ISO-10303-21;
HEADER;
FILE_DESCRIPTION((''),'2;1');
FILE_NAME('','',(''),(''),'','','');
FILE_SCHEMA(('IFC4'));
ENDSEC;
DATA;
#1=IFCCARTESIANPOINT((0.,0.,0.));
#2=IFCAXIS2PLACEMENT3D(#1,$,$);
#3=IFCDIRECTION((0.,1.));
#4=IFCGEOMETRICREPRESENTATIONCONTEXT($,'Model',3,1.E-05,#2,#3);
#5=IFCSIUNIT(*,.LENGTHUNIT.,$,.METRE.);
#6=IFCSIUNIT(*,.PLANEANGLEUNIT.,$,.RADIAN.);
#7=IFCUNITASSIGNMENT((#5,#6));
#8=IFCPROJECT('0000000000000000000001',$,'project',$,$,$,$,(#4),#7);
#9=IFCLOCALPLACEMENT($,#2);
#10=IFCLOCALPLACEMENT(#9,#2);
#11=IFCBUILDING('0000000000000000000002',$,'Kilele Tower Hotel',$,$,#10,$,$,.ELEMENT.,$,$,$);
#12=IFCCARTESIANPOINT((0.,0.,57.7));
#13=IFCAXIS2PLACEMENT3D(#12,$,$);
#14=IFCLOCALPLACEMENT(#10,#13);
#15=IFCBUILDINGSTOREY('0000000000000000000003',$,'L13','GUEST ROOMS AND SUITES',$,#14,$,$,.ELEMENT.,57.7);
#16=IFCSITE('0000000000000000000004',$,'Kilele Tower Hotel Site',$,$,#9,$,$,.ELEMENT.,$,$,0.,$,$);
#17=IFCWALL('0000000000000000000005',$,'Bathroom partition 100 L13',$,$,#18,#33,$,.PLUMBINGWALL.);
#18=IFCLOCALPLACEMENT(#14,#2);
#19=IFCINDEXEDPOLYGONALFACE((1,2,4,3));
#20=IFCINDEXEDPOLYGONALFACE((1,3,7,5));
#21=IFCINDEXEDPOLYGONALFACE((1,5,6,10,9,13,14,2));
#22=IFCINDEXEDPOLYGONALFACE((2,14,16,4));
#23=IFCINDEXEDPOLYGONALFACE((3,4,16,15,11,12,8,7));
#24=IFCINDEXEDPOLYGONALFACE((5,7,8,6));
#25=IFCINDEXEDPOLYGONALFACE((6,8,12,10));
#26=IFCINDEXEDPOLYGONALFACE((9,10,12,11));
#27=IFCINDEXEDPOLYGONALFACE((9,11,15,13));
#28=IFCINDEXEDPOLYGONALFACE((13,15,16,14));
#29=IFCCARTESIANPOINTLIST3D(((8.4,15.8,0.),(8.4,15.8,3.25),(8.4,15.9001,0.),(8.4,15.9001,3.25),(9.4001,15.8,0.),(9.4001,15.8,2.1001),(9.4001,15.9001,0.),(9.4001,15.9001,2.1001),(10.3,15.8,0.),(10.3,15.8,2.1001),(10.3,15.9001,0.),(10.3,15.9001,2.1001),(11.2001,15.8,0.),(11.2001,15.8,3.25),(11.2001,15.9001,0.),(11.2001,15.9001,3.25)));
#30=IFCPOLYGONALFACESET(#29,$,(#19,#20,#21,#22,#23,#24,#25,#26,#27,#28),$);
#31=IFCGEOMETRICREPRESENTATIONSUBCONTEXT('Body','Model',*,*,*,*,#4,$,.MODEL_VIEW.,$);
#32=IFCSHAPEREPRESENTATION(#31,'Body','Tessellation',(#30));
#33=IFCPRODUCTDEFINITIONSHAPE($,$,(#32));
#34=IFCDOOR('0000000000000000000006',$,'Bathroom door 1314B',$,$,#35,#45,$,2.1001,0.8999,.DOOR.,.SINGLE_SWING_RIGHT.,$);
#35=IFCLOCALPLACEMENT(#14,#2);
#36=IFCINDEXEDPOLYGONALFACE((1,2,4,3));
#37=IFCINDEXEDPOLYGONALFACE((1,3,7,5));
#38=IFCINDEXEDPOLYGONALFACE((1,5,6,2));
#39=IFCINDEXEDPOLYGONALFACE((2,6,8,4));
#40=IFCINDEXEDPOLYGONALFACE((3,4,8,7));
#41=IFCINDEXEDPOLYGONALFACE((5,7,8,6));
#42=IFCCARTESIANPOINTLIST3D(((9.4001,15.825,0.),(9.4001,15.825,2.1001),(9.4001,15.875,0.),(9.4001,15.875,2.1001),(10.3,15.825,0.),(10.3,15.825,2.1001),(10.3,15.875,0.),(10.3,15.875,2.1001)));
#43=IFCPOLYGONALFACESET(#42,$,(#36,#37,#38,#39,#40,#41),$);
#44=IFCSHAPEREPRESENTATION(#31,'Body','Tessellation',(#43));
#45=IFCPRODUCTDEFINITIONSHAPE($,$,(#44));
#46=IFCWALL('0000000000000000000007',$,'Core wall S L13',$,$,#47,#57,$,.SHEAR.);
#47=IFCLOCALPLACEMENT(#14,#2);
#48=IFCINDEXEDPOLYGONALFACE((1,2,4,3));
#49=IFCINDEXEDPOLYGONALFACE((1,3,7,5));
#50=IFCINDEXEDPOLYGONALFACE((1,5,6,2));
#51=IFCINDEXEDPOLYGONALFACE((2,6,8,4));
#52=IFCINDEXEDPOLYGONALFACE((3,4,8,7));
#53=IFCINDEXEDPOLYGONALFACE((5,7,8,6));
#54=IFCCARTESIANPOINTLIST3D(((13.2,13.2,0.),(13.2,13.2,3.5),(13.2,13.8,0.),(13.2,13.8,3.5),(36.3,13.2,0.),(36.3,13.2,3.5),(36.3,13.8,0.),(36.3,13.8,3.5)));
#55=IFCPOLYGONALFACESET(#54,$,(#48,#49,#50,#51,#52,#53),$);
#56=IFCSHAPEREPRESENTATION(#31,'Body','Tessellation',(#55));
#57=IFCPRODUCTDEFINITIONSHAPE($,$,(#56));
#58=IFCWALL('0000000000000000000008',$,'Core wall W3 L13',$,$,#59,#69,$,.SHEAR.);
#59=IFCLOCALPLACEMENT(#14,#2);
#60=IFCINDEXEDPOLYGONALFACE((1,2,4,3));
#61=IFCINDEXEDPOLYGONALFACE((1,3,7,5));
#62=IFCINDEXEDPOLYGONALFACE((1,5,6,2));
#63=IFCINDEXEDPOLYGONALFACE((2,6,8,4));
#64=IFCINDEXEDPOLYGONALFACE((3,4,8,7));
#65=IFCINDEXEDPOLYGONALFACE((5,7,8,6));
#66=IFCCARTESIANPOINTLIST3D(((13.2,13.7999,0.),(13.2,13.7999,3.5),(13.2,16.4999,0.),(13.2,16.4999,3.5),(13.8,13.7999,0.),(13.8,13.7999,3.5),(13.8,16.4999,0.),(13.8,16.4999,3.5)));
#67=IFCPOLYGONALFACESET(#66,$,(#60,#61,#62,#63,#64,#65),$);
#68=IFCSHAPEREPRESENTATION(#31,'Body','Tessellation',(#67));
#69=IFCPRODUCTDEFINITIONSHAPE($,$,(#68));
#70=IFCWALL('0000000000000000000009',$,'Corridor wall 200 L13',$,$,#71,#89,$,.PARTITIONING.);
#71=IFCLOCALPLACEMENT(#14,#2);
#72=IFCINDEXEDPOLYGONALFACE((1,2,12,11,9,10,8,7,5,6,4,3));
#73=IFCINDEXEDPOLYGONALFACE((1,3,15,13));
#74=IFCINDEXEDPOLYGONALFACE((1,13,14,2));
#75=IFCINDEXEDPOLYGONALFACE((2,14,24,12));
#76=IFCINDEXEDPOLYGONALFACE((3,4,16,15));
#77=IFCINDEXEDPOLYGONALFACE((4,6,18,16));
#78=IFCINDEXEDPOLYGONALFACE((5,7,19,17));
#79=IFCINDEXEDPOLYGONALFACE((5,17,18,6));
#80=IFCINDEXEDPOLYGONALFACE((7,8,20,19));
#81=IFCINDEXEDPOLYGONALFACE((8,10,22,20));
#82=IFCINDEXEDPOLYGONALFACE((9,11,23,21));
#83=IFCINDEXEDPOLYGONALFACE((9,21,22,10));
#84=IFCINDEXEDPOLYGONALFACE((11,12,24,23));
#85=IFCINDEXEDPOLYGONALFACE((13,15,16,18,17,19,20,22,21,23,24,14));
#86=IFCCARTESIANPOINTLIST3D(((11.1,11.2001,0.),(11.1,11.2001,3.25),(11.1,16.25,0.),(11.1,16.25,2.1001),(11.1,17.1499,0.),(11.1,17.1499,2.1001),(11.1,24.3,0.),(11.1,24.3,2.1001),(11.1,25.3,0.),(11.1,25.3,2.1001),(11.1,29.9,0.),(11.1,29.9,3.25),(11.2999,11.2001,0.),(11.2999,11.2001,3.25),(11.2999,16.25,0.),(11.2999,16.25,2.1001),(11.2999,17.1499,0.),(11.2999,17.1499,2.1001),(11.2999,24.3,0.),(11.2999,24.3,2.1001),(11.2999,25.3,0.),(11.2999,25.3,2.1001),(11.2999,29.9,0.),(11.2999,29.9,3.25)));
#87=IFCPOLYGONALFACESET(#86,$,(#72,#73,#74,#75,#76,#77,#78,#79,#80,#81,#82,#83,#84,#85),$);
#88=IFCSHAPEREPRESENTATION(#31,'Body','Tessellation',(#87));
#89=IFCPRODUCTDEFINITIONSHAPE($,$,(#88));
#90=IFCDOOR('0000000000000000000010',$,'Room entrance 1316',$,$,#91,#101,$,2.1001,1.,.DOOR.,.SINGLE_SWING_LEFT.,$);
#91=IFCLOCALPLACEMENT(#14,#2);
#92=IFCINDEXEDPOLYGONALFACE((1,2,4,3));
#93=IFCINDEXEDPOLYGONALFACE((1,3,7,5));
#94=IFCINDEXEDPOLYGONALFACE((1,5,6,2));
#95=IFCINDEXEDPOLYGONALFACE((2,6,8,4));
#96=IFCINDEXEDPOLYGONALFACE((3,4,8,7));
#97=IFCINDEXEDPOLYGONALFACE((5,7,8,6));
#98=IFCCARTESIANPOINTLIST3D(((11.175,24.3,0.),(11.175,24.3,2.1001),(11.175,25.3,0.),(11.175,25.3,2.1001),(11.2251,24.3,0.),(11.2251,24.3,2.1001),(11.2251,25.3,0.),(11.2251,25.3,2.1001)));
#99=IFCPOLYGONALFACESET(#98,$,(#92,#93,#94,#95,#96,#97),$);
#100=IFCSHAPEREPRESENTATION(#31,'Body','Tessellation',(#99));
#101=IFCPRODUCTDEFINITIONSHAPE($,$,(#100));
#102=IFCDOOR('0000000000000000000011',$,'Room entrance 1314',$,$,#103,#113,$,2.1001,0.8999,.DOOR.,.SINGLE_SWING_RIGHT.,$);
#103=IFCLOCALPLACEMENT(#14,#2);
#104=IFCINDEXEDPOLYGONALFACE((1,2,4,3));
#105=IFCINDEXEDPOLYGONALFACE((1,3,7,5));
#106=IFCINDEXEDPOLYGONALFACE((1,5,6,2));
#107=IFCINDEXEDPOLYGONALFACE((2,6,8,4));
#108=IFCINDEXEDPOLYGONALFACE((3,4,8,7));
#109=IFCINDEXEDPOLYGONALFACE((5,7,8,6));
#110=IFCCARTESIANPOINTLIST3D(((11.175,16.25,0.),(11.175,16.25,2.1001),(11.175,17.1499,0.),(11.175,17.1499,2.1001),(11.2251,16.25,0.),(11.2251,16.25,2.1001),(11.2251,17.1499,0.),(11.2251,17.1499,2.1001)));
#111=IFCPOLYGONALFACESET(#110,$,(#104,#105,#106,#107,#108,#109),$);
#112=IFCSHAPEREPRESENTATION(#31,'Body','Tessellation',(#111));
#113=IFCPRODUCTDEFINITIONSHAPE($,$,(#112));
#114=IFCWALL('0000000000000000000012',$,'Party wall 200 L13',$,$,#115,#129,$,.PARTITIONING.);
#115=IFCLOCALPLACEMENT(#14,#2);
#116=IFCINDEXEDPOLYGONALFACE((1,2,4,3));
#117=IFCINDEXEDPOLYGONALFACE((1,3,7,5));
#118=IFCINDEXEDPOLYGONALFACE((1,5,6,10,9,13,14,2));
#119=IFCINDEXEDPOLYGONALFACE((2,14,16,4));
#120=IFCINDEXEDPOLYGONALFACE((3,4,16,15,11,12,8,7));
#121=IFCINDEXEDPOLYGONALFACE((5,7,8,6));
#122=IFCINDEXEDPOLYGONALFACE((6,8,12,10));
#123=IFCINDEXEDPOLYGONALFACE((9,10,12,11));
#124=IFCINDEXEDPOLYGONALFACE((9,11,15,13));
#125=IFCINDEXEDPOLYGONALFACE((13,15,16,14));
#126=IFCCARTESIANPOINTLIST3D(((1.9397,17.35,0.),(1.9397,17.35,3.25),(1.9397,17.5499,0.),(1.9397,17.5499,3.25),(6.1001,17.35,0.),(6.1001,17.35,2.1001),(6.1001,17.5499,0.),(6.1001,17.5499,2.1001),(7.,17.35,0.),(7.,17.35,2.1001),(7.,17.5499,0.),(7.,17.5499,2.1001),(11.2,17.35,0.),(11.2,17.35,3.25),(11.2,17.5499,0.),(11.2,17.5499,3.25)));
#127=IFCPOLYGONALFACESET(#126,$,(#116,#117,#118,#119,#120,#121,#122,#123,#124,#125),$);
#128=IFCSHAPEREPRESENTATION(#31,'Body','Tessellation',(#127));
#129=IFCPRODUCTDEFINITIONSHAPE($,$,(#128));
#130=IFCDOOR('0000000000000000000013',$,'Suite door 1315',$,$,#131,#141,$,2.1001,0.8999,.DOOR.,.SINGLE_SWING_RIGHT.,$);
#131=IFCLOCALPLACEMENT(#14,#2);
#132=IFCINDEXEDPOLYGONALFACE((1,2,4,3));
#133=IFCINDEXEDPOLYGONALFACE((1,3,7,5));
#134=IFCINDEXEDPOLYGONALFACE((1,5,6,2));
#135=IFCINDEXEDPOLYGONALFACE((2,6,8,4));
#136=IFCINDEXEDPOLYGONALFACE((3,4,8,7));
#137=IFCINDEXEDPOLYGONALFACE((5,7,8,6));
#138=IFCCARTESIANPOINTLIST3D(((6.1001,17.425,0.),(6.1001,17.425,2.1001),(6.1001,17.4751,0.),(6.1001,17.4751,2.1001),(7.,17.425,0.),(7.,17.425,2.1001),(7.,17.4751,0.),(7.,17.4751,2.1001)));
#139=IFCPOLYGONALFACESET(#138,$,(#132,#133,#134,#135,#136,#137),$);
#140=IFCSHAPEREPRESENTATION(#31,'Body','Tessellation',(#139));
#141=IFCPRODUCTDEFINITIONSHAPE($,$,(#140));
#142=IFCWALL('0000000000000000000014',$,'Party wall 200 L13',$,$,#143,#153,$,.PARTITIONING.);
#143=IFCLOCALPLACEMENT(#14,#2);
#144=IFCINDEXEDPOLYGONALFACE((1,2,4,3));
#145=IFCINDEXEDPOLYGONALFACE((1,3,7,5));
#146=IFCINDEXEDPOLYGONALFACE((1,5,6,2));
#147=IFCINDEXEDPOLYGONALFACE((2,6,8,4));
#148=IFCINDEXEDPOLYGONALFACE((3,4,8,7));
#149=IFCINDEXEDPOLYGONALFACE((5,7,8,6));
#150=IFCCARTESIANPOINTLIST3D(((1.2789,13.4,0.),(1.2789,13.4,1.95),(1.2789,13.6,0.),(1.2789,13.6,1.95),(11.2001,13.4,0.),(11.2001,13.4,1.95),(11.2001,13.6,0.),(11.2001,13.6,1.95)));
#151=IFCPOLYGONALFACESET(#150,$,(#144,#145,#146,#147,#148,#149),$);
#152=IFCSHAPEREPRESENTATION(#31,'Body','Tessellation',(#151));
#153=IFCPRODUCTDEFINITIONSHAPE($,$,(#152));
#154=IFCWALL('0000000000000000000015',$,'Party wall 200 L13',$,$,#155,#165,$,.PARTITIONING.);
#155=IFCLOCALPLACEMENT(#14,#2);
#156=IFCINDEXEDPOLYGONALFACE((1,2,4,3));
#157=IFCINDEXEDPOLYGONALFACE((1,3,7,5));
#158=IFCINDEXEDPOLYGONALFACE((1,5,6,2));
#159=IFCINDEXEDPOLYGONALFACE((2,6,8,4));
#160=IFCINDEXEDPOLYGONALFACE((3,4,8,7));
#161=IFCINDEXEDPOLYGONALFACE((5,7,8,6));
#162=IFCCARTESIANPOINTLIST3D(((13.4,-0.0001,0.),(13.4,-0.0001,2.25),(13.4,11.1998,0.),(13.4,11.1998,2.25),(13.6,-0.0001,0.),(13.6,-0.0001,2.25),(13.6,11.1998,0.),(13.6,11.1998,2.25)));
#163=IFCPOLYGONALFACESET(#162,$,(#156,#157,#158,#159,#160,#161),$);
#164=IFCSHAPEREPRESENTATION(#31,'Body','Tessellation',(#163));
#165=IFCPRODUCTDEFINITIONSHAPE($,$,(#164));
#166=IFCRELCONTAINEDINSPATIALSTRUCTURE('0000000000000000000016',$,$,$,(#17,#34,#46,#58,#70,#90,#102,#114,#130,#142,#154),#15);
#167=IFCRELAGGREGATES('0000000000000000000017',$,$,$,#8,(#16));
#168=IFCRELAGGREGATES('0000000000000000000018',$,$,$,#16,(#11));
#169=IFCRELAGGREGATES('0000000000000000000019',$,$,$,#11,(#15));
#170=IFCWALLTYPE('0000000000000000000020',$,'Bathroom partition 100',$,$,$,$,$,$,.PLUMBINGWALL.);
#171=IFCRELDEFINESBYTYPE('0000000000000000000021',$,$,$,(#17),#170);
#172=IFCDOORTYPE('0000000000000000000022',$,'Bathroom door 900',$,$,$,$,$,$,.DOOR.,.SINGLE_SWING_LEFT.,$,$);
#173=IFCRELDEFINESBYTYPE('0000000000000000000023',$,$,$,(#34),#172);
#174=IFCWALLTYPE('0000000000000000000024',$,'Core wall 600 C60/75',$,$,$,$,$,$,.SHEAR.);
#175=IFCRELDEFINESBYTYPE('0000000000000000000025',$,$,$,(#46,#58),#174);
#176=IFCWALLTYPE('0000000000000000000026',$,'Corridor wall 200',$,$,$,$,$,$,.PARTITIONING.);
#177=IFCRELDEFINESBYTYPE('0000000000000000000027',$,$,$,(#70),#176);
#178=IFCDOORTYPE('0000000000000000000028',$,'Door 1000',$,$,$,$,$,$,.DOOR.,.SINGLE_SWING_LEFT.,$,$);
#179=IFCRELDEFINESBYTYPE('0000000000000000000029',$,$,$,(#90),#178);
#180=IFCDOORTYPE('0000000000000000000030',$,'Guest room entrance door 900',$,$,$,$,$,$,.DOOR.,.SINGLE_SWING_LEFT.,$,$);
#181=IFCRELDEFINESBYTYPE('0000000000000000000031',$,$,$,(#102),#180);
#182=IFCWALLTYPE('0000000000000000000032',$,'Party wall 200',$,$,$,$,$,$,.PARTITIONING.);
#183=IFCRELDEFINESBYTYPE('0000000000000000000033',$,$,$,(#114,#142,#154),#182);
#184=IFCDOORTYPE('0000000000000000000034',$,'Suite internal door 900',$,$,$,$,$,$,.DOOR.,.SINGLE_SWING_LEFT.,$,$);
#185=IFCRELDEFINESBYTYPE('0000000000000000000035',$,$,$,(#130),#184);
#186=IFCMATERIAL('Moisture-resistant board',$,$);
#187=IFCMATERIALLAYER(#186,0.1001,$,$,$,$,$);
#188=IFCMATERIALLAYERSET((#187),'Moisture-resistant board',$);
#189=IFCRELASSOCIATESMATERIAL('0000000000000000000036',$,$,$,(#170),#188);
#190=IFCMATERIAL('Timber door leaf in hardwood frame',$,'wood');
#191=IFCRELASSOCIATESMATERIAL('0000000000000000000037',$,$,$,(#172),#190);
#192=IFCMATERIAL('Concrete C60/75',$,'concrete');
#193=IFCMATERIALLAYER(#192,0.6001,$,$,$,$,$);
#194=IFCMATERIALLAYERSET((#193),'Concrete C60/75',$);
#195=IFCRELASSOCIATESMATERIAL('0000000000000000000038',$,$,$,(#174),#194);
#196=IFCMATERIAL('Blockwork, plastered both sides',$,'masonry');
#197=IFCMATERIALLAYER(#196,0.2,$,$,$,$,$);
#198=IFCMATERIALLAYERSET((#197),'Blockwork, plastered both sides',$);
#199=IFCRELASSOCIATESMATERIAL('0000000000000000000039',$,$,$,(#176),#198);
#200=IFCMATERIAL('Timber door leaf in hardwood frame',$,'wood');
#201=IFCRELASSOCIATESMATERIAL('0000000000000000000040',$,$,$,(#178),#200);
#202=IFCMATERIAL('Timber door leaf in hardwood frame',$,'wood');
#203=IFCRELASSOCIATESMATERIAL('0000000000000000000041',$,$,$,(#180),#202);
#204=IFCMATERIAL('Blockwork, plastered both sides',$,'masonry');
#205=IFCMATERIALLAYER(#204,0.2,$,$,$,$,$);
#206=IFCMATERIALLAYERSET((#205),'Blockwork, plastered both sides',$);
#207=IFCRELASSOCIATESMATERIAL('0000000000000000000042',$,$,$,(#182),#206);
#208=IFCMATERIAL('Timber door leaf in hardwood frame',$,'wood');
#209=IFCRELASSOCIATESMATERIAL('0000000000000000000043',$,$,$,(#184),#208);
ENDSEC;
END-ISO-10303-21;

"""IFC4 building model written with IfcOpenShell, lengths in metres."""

from ifc_helpers import new_model, si_unit, direction, frame, frame_2d, origin, place, context, subcontext, project, spatial, rectangle, extrude, material, layer, layer_set, type_object, element, fill, save


model = new_model("IFC4")

# Units and contexts
model_context = context("Model", 3, precision=1e-05, world=origin(), true_north=direction((0.0, 1.0)))
body_context = subcontext(model_context, "Body", "Model", "MODEL_VIEW")
ifc_project = project(units=[si_unit("LENGTHUNIT", "METRE"), si_unit("PLANEANGLEUNIT", "RADIAN")], contexts=[model_context])

# Site, building, storey
site_placement = place(None, origin())
site = spatial("IfcSite", under=ifc_project, at=site_placement, Name="Kilele Tower Hotel Site", CompositionType="ELEMENT", RefElevation=0.0)
building_placement = place(site_placement, origin())
building = spatial("IfcBuilding", under=site, at=building_placement, Name="Kilele Tower Hotel", CompositionType="ELEMENT")
storey_placement = place(building_placement, frame((0.0, 0.0, 57.7)))
storey = spatial("IfcBuildingStorey", under=building, at=storey_placement, Name="L13", Description="GUEST ROOMS AND SUITES", CompositionType="ELEMENT", Elevation=57.7)

# Wall, opening, door
ifc_material_1 = material(Name="Moisture-resistant board")
ifc_layer_1 = layer(ifc_material_1, 0.1001)
ifc_layer_set_1 = layer_set([ifc_layer_1], Name="Moisture-resistant board")
wall_type_1 = type_object("IfcWallType", Name="Bathroom partition 100", PredefinedType="PLUMBINGWALL", material=ifc_layer_set_1)
wall_1_placement = place(storey_placement, frame((11.2, 15.8501, 0.0), z_axis=(0.0, 0.0, 1.0), x_axis=(-1.0, 0.0, 0.0)))
wall_1 = element("IfcWall", 1, at=wall_1_placement, inside=storey, type_object=wall_type_1, Name="Bathroom partition 100 L13", PredefinedType="PLUMBINGWALL", context=body_context, shape_type="SweptSolid", body=[
    extrude(rectangle(XDim=2.8, YDim=0.1001, at=frame_2d((1.3999, 0.0))), origin(), (0.0, 0.0, 1.0), 3.25),
])
opening_1_placement = place(wall_1_placement, frame((1.7998, 0.0, 0.0), z_axis=(0.0, 0.0, 1.0), x_axis=(-1.0, 0.0, 0.0)))
opening_1 = element("IfcOpeningElement", 2, at=opening_1_placement, cuts=wall_1, PredefinedType="OPENING", context=body_context, shape_type="SweptSolid", body=[
    extrude(rectangle(XDim=0.8999, YDim=2.1001, at=frame_2d((0.45, 1.05))), frame((0.0, 0.0601, 0.0), z_axis=(0.0, -1.0, 0.0), x_axis=(1.0, 0.0, 0.0)), (0.0, 0.0, 1.0), 0.1201),
])
ifc_material_2 = material(Name="Timber door leaf in hardwood frame", Category="wood")
door_type_1 = type_object("IfcDoorType", Name="Bathroom door 900", OperationType="SINGLE_SWING_LEFT", PredefinedType="DOOR", material=ifc_material_2)
door_1_placement = place(opening_1_placement, origin())
door_1 = element("IfcDoor", 3, at=door_1_placement, inside=storey, type_object=door_type_1, Name="Bathroom door 1314B", OperationType="SINGLE_SWING_RIGHT", OverallHeight=2.1001, OverallWidth=0.8999, PredefinedType="DOOR", context=body_context, shape_type="SweptSolid", body=[
    extrude(rectangle(XDim=0.8999, YDim=2.1001, at=frame_2d((0.45, 1.05))), frame((0.0, 0.0249, 0.0), z_axis=(0.0, -1.0, 0.0), x_axis=(1.0, 0.0, 0.0)), (0.0, 0.0, 1.0), 0.05),
])
fill(opening_1, door_1)

# Walls
ifc_material_3 = material(Name="Concrete C60/75", Category="concrete")
ifc_layer_2 = layer(ifc_material_3, 0.6001)
ifc_layer_set_2 = layer_set([ifc_layer_2], Name="Concrete C60/75")
wall_type_2 = type_object("IfcWallType", Name="Core wall 600 C60/75", PredefinedType="SHEAR", material=ifc_layer_set_2)
wall_2_placement = place(storey_placement, frame((13.2, 13.5, 0.0), z_axis=(0.0, 0.0, 1.0), x_axis=(1.0, 0.0, 0.0)))
element("IfcWall", 4, at=wall_2_placement, inside=storey, type_object=wall_type_2, Name="Core wall S L13", PredefinedType="SHEAR", context=body_context, shape_type="SweptSolid", body=[
    extrude(rectangle(XDim=23.1001, YDim=0.6001, at=frame_2d((11.55, 0.0))), origin(), (0.0, 0.0, 1.0), 3.5),
])
wall_3_placement = place(storey_placement, frame((13.5, 16.5, 0.0), z_axis=(0.0, 0.0, 1.0), x_axis=(0.0, -1.0, 0.0)))
element("IfcWall", 5, at=wall_3_placement, inside=storey, type_object=wall_type_2, Name="Core wall W3 L13", PredefinedType="SHEAR", context=body_context, shape_type="SweptSolid", body=[
    extrude(rectangle(XDim=2.7, YDim=0.6001, at=frame_2d((1.3501, 0.0))), origin(), (0.0, 0.0, 1.0), 3.5),
])

# Wall, openings, doors
ifc_material_4 = material(Name="Blockwork, plastered both sides", Category="masonry")
ifc_layer_3 = layer(ifc_material_4, 0.2)
ifc_layer_set_3 = layer_set([ifc_layer_3], Name="Blockwork, plastered both sides")
wall_type_3 = type_object("IfcWallType", Name="Corridor wall 200", PredefinedType="PARTITIONING", material=ifc_layer_set_3)
wall_4_placement = place(storey_placement, frame((11.2, 11.2, 0.0), z_axis=(0.0, 0.0, 1.0), x_axis=(0.0, 1.0, 0.0)))
wall_4 = element("IfcWall", 6, at=wall_4_placement, inside=storey, type_object=wall_type_3, Name="Corridor wall 200 L13", PredefinedType="PARTITIONING", context=body_context, shape_type="SweptSolid", body=[
    extrude(rectangle(XDim=18.7, YDim=0.2, at=frame_2d((9.3501, 0.0))), origin(), (0.0, 0.0, 1.0), 3.25),
])
opening_2_placement = place(wall_4_placement, frame((5.05, 0.0, 0.0)))
opening_2 = element("IfcOpeningElement", 7, at=opening_2_placement, cuts=wall_4, PredefinedType="OPENING", context=body_context, shape_type="SweptSolid", body=[
    extrude(rectangle(XDim=0.8999, YDim=2.1001, at=frame_2d((0.45, 1.05))), frame((0.0, 0.1099, 0.0), z_axis=(0.0, -1.0, 0.0), x_axis=(1.0, 0.0, 0.0)), (0.0, 0.0, 1.0), 0.22),
])
opening_3_placement = place(wall_4_placement, frame((13.1001, 0.0, 0.0)))
opening_3 = element("IfcOpeningElement", 8, at=opening_3_placement, cuts=wall_4, PredefinedType="OPENING", context=body_context, shape_type="SweptSolid", body=[
    extrude(rectangle(XDim=1.0, YDim=2.1001, at=frame_2d((0.5, 1.05))), frame((0.0, 0.1099, 0.0), z_axis=(0.0, -1.0, 0.0), x_axis=(1.0, 0.0, 0.0)), (0.0, 0.0, 1.0), 0.22),
])
ifc_material_5 = material(Name="Timber door leaf in hardwood frame", Category="wood")
door_type_2 = type_object("IfcDoorType", Name="Door 1000", OperationType="SINGLE_SWING_LEFT", PredefinedType="DOOR", material=ifc_material_5)
door_2_placement = place(opening_3_placement, origin())
door_2 = element("IfcDoor", 9, at=door_2_placement, inside=storey, type_object=door_type_2, Name="Room entrance 1316", OperationType="SINGLE_SWING_LEFT", OverallHeight=2.1001, OverallWidth=1.0, PredefinedType="DOOR", context=body_context, shape_type="SweptSolid", body=[
    extrude(rectangle(XDim=1.0, YDim=2.1001, at=frame_2d((0.5, 1.05))), frame((0.0, 0.0249, 0.0), z_axis=(0.0, -1.0, 0.0), x_axis=(1.0, 0.0, 0.0)), (0.0, 0.0, 1.0), 0.05),
])
fill(opening_3, door_2)
ifc_material_6 = material(Name="Timber door leaf in hardwood frame", Category="wood")
door_type_3 = type_object("IfcDoorType", Name="Guest room entrance door 900", OperationType="SINGLE_SWING_LEFT", PredefinedType="DOOR", material=ifc_material_6)
door_3_placement = place(opening_2_placement, origin())
door_3 = element("IfcDoor", 10, at=door_3_placement, inside=storey, type_object=door_type_3, Name="Room entrance 1314", OperationType="SINGLE_SWING_RIGHT", OverallHeight=2.1001, OverallWidth=0.8999, PredefinedType="DOOR", context=body_context, shape_type="SweptSolid", body=[
    extrude(rectangle(XDim=0.8999, YDim=2.1001, at=frame_2d((0.45, 1.05))), frame((0.0, 0.0249, 0.0), z_axis=(0.0, -1.0, 0.0), x_axis=(1.0, 0.0, 0.0)), (0.0, 0.0, 1.0), 0.05),
])
fill(opening_2, door_3)

# Wall, opening, door
ifc_material_7 = material(Name="Blockwork, plastered both sides", Category="masonry")
ifc_layer_4 = layer(ifc_material_7, 0.2)
ifc_layer_set_4 = layer_set([ifc_layer_4], Name="Blockwork, plastered both sides")
wall_type_4 = type_object("IfcWallType", Name="Party wall 200", PredefinedType="PARTITIONING", material=ifc_layer_set_4)
wall_5_placement = place(storey_placement, frame((11.2, 17.45, 0.0), z_axis=(0.0, 0.0, 1.0), x_axis=(-1.0, 0.0, 0.0)))
wall_5 = element("IfcWall", 11, at=wall_5_placement, inside=storey, type_object=wall_type_4, Name="Party wall 200 L13", PredefinedType="PARTITIONING", context=body_context, shape_type="SweptSolid", body=[
    extrude(rectangle(XDim=9.2603, YDim=0.2, at=frame_2d((4.6301, 0.0))), origin(), (0.0, 0.0, 1.0), 3.25),
])
opening_4_placement = place(wall_5_placement, frame((4.2, 0.0, 0.0)))
opening_4 = element("IfcOpeningElement", 12, at=opening_4_placement, cuts=wall_5, PredefinedType="OPENING", context=body_context, shape_type="SweptSolid", body=[
    extrude(rectangle(XDim=0.8999, YDim=2.1001, at=frame_2d((0.45, 1.05))), frame((0.0, 0.1099, 0.0), z_axis=(0.0, -1.0, 0.0), x_axis=(1.0, 0.0, 0.0)), (0.0, 0.0, 1.0), 0.22),
])
ifc_material_8 = material(Name="Timber door leaf in hardwood frame", Category="wood")
door_type_4 = type_object("IfcDoorType", Name="Suite internal door 900", OperationType="SINGLE_SWING_LEFT", PredefinedType="DOOR", material=ifc_material_8)
door_4_placement = place(opening_4_placement, origin())
door_4 = element("IfcDoor", 13, at=door_4_placement, inside=storey, type_object=door_type_4, Name="Suite door 1315", OperationType="SINGLE_SWING_RIGHT", OverallHeight=2.1001, OverallWidth=0.8999, PredefinedType="DOOR", context=body_context, shape_type="SweptSolid", body=[
    extrude(rectangle(XDim=0.8999, YDim=2.1001, at=frame_2d((0.45, 1.05))), frame((0.0, 0.0249, 0.0), z_axis=(0.0, -1.0, 0.0), x_axis=(1.0, 0.0, 0.0)), (0.0, 0.0, 1.0), 0.05),
])
fill(opening_4, door_4)

# Walls
wall_6_placement = place(storey_placement, frame((11.2, 13.5, 0.0), z_axis=(0.0, 0.0, 1.0), x_axis=(-1.0, 0.0, 0.0)))
element("IfcWall", 14, at=wall_6_placement, inside=storey, type_object=wall_type_4, Name="Party wall 200 L13", PredefinedType="PARTITIONING", context=body_context, shape_type="SweptSolid", body=[
    extrude(rectangle(XDim=9.9211, YDim=0.2, at=frame_2d((4.9604, 0.0))), origin(), (0.0, 0.0, 1.0), 1.95),
])
wall_7_placement = place(storey_placement, frame((13.5, 11.2, 0.0), z_axis=(0.0, 0.0, 1.0), x_axis=(0.0, -1.0, 0.0)))
element("IfcWall", 15, at=wall_7_placement, inside=storey, type_object=wall_type_4, Name="Party wall 200 L13", PredefinedType="PARTITIONING", context=body_context, shape_type="SweptSolid", body=[
    extrude(rectangle(XDim=11.2, YDim=0.2, at=frame_2d((5.6001, 0.0))), origin(), (0.0, 0.0, 1.0), 2.25),
])

save(model, "model.ifc")
